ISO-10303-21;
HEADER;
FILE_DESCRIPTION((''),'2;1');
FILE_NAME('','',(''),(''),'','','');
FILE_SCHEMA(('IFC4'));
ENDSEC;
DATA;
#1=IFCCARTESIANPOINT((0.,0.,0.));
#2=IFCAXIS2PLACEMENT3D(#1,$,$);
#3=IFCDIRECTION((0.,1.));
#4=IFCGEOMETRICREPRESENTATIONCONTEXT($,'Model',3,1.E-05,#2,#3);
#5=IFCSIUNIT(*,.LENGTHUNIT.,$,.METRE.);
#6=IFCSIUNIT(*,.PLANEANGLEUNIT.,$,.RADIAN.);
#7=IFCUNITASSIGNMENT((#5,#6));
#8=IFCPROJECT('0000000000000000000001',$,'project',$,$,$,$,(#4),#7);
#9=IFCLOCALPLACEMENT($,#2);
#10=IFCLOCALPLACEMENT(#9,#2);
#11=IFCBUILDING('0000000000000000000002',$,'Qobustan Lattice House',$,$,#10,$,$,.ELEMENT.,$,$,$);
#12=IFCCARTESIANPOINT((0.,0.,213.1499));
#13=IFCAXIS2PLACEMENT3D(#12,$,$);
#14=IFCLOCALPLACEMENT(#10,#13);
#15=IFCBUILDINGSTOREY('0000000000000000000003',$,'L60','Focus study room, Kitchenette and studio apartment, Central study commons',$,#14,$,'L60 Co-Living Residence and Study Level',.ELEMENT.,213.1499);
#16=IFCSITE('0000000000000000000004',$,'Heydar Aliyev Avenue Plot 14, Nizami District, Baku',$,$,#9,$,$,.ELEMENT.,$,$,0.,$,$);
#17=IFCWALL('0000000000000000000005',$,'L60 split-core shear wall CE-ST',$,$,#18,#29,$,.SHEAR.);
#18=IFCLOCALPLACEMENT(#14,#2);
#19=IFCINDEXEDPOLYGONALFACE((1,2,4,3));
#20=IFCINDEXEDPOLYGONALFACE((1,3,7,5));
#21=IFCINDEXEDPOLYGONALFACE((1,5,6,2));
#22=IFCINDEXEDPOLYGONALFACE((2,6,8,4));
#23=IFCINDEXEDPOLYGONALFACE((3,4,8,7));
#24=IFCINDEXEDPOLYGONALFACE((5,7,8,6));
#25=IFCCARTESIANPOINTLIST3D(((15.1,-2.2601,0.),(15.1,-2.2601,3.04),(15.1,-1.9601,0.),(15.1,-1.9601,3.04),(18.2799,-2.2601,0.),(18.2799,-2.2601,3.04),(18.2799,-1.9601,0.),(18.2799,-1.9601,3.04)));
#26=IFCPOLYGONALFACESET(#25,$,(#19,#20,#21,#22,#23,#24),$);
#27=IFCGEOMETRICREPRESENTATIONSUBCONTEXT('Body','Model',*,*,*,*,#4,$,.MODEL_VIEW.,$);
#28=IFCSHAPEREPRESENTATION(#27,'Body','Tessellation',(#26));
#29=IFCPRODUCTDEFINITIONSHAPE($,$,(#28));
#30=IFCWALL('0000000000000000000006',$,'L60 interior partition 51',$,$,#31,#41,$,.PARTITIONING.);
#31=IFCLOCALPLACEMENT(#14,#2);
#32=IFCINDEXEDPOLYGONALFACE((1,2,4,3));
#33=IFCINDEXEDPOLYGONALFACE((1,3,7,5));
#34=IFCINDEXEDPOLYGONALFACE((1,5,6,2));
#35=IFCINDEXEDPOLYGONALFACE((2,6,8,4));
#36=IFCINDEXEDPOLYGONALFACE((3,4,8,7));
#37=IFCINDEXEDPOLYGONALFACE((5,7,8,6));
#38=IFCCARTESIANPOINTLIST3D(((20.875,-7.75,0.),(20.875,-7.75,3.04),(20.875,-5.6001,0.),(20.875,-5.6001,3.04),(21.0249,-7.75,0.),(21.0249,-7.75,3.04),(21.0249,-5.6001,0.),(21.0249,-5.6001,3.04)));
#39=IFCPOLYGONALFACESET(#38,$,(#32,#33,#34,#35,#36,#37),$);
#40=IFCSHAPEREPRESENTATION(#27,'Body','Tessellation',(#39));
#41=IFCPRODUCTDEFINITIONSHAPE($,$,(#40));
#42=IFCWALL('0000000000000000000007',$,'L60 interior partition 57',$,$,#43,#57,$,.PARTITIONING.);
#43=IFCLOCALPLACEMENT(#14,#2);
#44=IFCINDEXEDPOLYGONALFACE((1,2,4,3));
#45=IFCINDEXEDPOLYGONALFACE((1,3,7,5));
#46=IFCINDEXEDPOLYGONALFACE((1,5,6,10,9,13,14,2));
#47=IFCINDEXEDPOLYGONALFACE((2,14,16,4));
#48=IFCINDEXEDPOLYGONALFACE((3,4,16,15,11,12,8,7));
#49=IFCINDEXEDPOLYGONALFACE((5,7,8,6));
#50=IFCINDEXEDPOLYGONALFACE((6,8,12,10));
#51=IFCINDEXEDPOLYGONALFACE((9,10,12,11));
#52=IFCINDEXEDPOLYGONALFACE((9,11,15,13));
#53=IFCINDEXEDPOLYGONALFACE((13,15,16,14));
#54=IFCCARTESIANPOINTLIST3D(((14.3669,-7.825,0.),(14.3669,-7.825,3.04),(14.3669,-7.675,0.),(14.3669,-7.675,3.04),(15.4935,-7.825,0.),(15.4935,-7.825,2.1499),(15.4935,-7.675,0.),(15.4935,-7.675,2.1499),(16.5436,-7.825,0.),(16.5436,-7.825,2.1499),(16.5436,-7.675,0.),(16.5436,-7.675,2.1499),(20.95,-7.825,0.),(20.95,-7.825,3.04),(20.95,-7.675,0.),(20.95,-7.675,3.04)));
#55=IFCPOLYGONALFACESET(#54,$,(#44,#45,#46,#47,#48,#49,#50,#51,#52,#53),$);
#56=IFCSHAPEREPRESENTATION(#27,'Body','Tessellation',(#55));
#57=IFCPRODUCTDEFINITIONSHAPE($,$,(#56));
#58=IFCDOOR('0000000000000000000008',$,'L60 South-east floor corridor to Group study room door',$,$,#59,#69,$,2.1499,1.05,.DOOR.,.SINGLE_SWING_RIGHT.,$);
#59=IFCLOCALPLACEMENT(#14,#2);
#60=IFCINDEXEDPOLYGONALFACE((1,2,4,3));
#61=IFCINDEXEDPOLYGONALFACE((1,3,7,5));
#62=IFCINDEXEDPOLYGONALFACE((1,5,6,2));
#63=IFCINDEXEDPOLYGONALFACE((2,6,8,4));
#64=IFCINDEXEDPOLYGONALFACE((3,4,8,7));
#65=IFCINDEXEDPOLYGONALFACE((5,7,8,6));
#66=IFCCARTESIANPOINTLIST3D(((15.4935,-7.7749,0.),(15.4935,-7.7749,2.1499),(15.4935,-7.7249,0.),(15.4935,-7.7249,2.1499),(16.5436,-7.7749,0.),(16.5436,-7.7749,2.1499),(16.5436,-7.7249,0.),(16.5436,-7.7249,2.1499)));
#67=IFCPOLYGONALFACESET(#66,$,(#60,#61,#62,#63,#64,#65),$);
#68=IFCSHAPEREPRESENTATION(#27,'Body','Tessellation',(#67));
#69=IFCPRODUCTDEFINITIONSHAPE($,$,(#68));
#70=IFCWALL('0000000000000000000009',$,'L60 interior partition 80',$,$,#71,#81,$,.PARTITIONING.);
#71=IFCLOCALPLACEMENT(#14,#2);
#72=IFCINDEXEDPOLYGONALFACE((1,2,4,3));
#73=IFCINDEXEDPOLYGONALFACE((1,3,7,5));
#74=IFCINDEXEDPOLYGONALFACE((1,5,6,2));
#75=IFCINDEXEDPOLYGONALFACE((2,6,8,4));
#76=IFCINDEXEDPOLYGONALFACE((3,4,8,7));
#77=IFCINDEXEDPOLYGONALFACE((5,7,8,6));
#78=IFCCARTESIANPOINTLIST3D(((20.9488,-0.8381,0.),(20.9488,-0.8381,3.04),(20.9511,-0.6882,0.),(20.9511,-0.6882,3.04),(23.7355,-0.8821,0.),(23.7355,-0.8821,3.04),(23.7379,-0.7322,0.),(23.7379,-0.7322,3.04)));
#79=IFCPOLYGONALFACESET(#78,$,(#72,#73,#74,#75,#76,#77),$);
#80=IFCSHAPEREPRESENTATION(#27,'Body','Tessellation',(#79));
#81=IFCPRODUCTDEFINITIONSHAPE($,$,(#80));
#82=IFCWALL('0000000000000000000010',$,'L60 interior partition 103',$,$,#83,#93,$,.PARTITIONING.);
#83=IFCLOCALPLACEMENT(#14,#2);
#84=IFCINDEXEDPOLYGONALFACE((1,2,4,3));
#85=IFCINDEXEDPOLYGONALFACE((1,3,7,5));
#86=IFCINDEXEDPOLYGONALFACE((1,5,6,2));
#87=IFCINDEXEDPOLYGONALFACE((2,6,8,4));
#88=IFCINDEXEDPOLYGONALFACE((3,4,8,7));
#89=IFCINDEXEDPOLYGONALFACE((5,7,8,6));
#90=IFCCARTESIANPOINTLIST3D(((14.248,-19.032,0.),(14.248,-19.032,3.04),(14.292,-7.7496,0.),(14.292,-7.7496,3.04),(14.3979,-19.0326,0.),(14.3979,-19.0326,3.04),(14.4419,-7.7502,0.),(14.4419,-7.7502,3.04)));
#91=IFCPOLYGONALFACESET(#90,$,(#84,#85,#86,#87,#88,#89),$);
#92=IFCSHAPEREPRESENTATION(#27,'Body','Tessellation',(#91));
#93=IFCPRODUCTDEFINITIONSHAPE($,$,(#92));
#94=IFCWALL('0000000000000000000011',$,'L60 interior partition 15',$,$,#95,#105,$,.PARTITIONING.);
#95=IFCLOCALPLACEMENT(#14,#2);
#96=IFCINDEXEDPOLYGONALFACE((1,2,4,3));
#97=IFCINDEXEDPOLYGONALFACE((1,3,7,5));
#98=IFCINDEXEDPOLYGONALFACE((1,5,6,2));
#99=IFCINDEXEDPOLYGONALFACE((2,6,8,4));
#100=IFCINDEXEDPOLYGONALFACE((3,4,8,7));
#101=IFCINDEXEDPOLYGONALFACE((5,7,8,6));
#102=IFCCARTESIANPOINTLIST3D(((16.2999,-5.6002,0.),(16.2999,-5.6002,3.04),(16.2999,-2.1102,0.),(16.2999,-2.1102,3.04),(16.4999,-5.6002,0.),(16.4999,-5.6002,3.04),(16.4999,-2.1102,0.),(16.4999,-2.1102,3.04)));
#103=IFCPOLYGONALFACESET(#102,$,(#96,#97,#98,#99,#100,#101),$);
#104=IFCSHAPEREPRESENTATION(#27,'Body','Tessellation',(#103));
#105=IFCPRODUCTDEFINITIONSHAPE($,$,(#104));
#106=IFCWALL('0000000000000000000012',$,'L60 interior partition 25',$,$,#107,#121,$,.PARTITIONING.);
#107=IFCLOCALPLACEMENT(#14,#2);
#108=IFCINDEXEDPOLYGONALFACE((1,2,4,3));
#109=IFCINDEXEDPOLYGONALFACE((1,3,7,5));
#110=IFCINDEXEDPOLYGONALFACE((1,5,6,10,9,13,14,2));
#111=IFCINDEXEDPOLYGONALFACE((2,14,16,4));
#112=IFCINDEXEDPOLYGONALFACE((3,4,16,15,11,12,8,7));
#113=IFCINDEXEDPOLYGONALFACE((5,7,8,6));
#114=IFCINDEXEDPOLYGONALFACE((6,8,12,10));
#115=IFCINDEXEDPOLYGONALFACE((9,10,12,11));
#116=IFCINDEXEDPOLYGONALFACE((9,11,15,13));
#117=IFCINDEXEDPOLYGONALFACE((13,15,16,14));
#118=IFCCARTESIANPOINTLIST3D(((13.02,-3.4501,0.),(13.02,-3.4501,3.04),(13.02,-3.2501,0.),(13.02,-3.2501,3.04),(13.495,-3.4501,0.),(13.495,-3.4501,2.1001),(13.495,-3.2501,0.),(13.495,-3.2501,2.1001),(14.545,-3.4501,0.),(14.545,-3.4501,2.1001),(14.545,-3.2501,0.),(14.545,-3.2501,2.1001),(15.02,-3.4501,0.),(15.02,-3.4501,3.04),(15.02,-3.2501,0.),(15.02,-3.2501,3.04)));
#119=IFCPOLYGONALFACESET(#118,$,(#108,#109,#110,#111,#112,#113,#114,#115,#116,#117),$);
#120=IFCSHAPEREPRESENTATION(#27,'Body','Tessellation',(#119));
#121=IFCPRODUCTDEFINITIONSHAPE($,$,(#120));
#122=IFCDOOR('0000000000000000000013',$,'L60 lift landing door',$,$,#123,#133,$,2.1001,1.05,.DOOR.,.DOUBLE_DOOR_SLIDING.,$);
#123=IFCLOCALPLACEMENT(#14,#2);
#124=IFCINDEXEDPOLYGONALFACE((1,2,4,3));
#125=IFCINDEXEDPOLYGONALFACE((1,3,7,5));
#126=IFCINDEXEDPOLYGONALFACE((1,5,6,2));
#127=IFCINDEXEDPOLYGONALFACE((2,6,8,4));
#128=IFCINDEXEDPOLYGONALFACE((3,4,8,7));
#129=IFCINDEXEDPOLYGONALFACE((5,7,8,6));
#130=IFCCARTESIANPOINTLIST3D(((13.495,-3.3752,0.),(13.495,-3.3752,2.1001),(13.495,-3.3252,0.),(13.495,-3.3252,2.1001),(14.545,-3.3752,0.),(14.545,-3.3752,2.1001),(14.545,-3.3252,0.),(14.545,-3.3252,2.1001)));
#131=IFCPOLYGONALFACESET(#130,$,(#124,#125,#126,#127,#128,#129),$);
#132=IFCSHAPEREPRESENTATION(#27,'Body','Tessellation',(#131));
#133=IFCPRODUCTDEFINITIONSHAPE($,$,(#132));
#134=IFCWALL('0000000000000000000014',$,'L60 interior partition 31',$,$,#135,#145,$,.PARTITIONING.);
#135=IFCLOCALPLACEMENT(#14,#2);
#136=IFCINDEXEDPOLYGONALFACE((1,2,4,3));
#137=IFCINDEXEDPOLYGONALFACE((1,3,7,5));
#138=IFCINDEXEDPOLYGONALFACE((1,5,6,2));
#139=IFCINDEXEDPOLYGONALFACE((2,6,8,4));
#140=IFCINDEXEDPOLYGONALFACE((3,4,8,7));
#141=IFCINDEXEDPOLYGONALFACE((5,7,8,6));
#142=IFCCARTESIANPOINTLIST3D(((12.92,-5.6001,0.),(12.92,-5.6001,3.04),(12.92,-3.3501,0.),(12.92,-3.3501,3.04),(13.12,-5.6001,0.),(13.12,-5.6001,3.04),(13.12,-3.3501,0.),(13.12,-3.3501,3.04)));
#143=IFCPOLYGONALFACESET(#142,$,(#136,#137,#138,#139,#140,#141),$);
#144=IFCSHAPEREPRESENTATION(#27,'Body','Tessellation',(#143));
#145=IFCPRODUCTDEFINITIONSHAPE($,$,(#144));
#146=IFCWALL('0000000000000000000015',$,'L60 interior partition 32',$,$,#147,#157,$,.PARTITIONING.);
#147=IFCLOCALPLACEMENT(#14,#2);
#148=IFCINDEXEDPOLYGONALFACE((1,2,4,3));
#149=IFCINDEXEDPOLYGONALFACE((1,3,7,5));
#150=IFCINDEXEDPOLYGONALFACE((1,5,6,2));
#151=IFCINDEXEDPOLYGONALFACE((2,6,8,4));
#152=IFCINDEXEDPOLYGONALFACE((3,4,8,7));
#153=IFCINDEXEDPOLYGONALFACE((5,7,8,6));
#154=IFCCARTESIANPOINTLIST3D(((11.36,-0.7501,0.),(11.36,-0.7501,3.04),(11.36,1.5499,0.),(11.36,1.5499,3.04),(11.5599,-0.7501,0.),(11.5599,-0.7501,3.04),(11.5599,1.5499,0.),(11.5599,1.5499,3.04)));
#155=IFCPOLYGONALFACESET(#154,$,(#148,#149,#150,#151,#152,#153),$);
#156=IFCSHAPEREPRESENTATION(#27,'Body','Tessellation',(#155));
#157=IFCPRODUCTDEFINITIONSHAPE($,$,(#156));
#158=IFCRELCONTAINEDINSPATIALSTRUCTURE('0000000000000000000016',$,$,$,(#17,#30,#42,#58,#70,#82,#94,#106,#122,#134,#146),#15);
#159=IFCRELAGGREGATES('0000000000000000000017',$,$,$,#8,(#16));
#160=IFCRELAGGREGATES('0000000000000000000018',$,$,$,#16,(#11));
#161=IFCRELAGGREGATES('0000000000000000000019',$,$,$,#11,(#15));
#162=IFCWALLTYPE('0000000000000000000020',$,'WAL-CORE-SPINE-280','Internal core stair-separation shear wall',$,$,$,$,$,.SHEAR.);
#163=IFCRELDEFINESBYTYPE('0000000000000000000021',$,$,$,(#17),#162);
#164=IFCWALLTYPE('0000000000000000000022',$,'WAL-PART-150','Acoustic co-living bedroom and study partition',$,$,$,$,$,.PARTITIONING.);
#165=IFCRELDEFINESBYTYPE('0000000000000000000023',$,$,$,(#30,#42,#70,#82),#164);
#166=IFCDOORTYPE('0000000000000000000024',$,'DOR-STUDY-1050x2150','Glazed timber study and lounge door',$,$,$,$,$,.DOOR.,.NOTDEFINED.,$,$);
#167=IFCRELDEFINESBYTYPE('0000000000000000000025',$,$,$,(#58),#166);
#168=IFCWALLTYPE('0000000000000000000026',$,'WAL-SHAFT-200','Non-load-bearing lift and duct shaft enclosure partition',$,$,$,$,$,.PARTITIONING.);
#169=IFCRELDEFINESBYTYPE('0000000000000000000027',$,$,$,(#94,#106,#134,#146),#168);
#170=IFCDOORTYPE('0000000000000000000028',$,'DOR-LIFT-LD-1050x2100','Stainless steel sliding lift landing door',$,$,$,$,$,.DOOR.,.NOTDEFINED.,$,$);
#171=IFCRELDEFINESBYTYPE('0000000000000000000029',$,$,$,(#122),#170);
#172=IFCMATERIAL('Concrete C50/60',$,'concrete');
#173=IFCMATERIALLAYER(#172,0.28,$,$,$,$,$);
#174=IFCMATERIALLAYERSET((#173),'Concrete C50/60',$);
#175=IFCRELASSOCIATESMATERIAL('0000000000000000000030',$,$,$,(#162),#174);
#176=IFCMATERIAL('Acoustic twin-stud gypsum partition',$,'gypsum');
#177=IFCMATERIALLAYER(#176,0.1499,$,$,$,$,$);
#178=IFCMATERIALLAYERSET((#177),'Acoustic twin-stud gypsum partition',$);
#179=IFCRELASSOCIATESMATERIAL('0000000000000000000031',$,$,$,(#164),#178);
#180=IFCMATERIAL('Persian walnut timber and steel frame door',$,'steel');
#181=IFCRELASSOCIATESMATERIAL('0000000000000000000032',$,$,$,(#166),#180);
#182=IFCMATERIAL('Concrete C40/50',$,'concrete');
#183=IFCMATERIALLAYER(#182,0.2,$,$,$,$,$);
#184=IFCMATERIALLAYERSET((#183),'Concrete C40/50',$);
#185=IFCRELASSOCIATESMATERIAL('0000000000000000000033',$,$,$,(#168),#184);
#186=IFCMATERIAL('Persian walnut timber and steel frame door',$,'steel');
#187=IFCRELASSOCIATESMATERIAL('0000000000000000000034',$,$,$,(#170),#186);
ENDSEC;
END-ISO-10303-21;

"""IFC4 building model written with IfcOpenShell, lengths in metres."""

from ifc_helpers import new_model, si_unit, direction, frame, frame_2d, origin, place, context, subcontext, project, spatial, rectangle, extrude, material, layer, layer_set, type_object, element, fill, save


model = new_model("IFC4")

# Units and contexts
model_context = context("Model", 3, precision=1e-05, world=origin(), true_north=direction((0.0, 1.0)))
body_context = subcontext(model_context, "Body", "Model", "MODEL_VIEW")
ifc_project = project(units=[si_unit("LENGTHUNIT", "METRE"), si_unit("PLANEANGLEUNIT", "RADIAN")], contexts=[model_context])

# Site, building, storey
site_placement = place(None, origin())
site = spatial("IfcSite", under=ifc_project, at=site_placement, Name="Heydar Aliyev Avenue Plot 14, Nizami District, Baku", CompositionType="ELEMENT", RefElevation=0.0)
building_placement = place(site_placement, origin())
building = spatial("IfcBuilding", under=site, at=building_placement, Name="Qobustan Lattice House", CompositionType="ELEMENT")
storey_placement = place(building_placement, frame((0.0, 0.0, 213.1499)))
storey = spatial("IfcBuildingStorey", under=building, at=storey_placement, Name="L60", Description="Focus study room, Kitchenette and studio apartment, Central study commons", LongName="L60 Co-Living Residence and Study Level", CompositionType="ELEMENT", Elevation=213.1499)

# Walls
ifc_material_1 = material(Name="Concrete C50/60", Category="concrete")
ifc_layer_1 = layer(ifc_material_1, 0.28)
ifc_layer_set_1 = layer_set([ifc_layer_1], Name="Concrete C50/60")
wall_type_1 = type_object("IfcWallType", Name="WAL-CORE-SPINE-280", Description="Internal core stair-separation shear wall", PredefinedType="SHEAR", material=ifc_layer_set_1)
wall_1_placement = place(storey_placement, frame((15.1001, -2.1101, 0.0), z_axis=(0.0, 0.0, 1.0), x_axis=(1.0, 0.0, 0.0)))
element("IfcWall", 1, at=wall_1_placement, inside=storey, type_object=wall_type_1, Name="L60 split-core shear wall CE-ST", PredefinedType="SHEAR", context=body_context, shape_type="SweptSolid", body=[
    extrude(rectangle(XDim=3.1799, YDim=0.3, at=frame_2d((1.5898, 0.0))), origin(), (0.0, 0.0, 1.0), 3.04),
])
ifc_material_2 = material(Name="Acoustic twin-stud gypsum partition", Category="gypsum")
ifc_layer_2 = layer(ifc_material_2, 0.1499)
ifc_layer_set_2 = layer_set([ifc_layer_2], Name="Acoustic twin-stud gypsum partition")
wall_type_2 = type_object("IfcWallType", Name="WAL-PART-150", Description="Acoustic co-living bedroom and study partition", PredefinedType="PARTITIONING", material=ifc_layer_set_2)
wall_2_placement = place(storey_placement, frame((20.95, -5.6001, 0.0), z_axis=(0.0, 0.0, 1.0), x_axis=(0.0, -1.0, 0.0)))
element("IfcWall", 2, at=wall_2_placement, inside=storey, type_object=wall_type_2, Name="L60 interior partition 51", PredefinedType="PARTITIONING", context=body_context, shape_type="SweptSolid", body=[
    extrude(rectangle(XDim=2.1499, YDim=0.1499, at=frame_2d((1.075, 0.0))), origin(), (0.0, 0.0, 1.0), 3.04),
])

# Wall, opening, door
wall_3_placement = place(storey_placement, frame((20.95, -7.75, 0.0), z_axis=(0.0, 0.0, 1.0), x_axis=(-1.0, 0.0, 0.0)))
wall_3 = element("IfcWall", 3, at=wall_3_placement, inside=storey, type_object=wall_type_2, Name="L60 interior partition 57", PredefinedType="PARTITIONING", context=body_context, shape_type="SweptSolid", body=[
    extrude(rectangle(XDim=6.583, YDim=0.1499, at=frame_2d((3.2915, 0.0))), origin(), (0.0, 0.0, 1.0), 3.04),
])
opening_1_placement = place(wall_3_placement, frame((4.4065, 0.0, 0.0)))
opening_1 = element("IfcOpeningElement", 4, at=opening_1_placement, cuts=wall_3, PredefinedType="OPENING", context=body_context, shape_type="SweptSolid", body=[
    extrude(rectangle(XDim=1.05, YDim=2.1499, at=frame_2d((0.5249, 1.075))), frame((0.0, 0.085, 0.0), z_axis=(0.0, -1.0, 0.0), x_axis=(1.0, 0.0, 0.0)), (0.0, 0.0, 1.0), 0.1699),
])
ifc_material_3 = material(Name="Persian walnut timber and steel frame door", Category="steel")
door_type_1 = type_object("IfcDoorType", Name="DOR-STUDY-1050x2150", Description="Glazed timber study and lounge door", OperationType="NOTDEFINED", PredefinedType="DOOR", material=ifc_material_3)
door_1_placement = place(opening_1_placement, origin())
door_1 = element("IfcDoor", 5, at=door_1_placement, inside=storey, type_object=door_type_1, Name="L60 South-east floor corridor to Group study room door", OperationType="SINGLE_SWING_RIGHT", OverallHeight=2.1499, OverallWidth=1.05, PredefinedType="DOOR", context=body_context, shape_type="SweptSolid", body=[
    extrude(rectangle(XDim=1.05, YDim=2.1499, at=frame_2d((0.5249, 1.075))), frame((0.0, 0.0249, 0.0), z_axis=(0.0, -1.0, 0.0), x_axis=(1.0, 0.0, 0.0)), (0.0, 0.0, 1.0), 0.05),
])
fill(opening_1, door_1)

# Walls
wall_4_placement = place(storey_placement, frame((20.95, -0.7632, 0.0), z_axis=(0.0, 0.0, 1.0), x_axis=(0.999876, -0.015767, 0.0)))
element("IfcWall", 6, at=wall_4_placement, inside=storey, type_object=wall_type_2, Name="L60 interior partition 80", PredefinedType="PARTITIONING", context=body_context, shape_type="SweptSolid", body=[
    extrude(rectangle(XDim=2.7871, YDim=0.1499, at=frame_2d((1.3936, 0.0))), origin(), (0.0, 0.0, 1.0), 3.04),
])
wall_5_placement = place(storey_placement, frame((14.3669, -7.75, 0.0), z_axis=(0.0, 0.0, 1.0), x_axis=(-0.003895, -0.999992, 0.0)))
element("IfcWall", 7, at=wall_5_placement, inside=storey, type_object=wall_type_2, Name="L60 interior partition 103", PredefinedType="PARTITIONING", context=body_context, shape_type="SweptSolid", body=[
    extrude(rectangle(XDim=11.2825, YDim=0.1499, at=frame_2d((5.6411, 0.0))), origin(), (0.0, 0.0, 1.0), 3.04),
])
ifc_material_4 = material(Name="Concrete C40/50", Category="concrete")
ifc_layer_3 = layer(ifc_material_4, 0.2)
ifc_layer_set_3 = layer_set([ifc_layer_3], Name="Concrete C40/50")
wall_type_3 = type_object("IfcWallType", Name="WAL-SHAFT-200", Description="Non-load-bearing lift and duct shaft enclosure partition", PredefinedType="PARTITIONING", material=ifc_layer_set_3)
wall_6_placement = place(storey_placement, frame((16.3999, -2.1101, 0.0), z_axis=(0.0, 0.0, 1.0), x_axis=(0.0, -1.0, 0.0)))
element("IfcWall", 8, at=wall_6_placement, inside=storey, type_object=wall_type_3, Name="L60 interior partition 15", PredefinedType="PARTITIONING", context=body_context, shape_type="SweptSolid", body=[
    extrude(rectangle(XDim=3.49, YDim=0.2, at=frame_2d((1.7451, 0.0))), origin(), (0.0, 0.0, 1.0), 3.04),
])

# Wall, opening, door
wall_7_placement = place(storey_placement, frame((13.02, -3.3501, 0.0), z_axis=(0.0, 0.0, 1.0), x_axis=(1.0, 0.0, 0.0)))
wall_7 = element("IfcWall", 9, at=wall_7_placement, inside=storey, type_object=wall_type_3, Name="L60 interior partition 25", PredefinedType="PARTITIONING", context=body_context, shape_type="SweptSolid", body=[
    extrude(rectangle(XDim=2.0, YDim=0.2, at=frame_2d((1.0, 0.0))), origin(), (0.0, 0.0, 1.0), 3.04),
])
opening_2_placement = place(wall_7_placement, frame((0.4751, 0.0, 0.0)))
opening_2 = element("IfcOpeningElement", 10, at=opening_2_placement, cuts=wall_7, PredefinedType="OPENING", context=body_context, shape_type="SweptSolid", body=[
    extrude(rectangle(XDim=1.05, YDim=2.1001, at=frame_2d((0.5249, 1.05))), frame((0.0, 0.1099, 0.0), z_axis=(0.0, -1.0, 0.0), x_axis=(1.0, 0.0, 0.0)), (0.0, 0.0, 1.0), 0.22),
])
ifc_material_5 = material(Name="Persian walnut timber and steel frame door", Category="steel")
door_type_2 = type_object("IfcDoorType", Name="DOR-LIFT-LD-1050x2100", Description="Stainless steel sliding lift landing door", OperationType="NOTDEFINED", PredefinedType="DOOR", material=ifc_material_5)
door_2_placement = place(opening_2_placement, origin())
door_2 = element("IfcDoor", 11, at=door_2_placement, inside=storey, type_object=door_type_2, Name="L60 lift landing door", OperationType="DOUBLE_DOOR_SLIDING", OverallHeight=2.1001, OverallWidth=1.05, PredefinedType="DOOR", context=body_context, shape_type="SweptSolid", body=[
    extrude(rectangle(XDim=1.05, YDim=2.1001, at=frame_2d((0.5249, 1.05))), frame((0.0, 0.0249, 0.0), z_axis=(0.0, -1.0, 0.0), x_axis=(1.0, 0.0, 0.0)), (0.0, 0.0, 1.0), 0.05),
])
fill(opening_2, door_2)

# Walls
wall_8_placement = place(storey_placement, frame((13.02, -5.6001, 0.0), z_axis=(0.0, 0.0, 1.0), x_axis=(0.0, 1.0, 0.0)))
element("IfcWall", 12, at=wall_8_placement, inside=storey, type_object=wall_type_3, Name="L60 interior partition 31", PredefinedType="PARTITIONING", context=body_context, shape_type="SweptSolid", body=[
    extrude(rectangle(XDim=2.25, YDim=0.2, at=frame_2d((1.125, 0.0))), origin(), (0.0, 0.0, 1.0), 3.04),
])
wall_9_placement = place(storey_placement, frame((11.46, -0.75, 0.0), z_axis=(0.0, 0.0, 1.0), x_axis=(0.0, 1.0, 0.0)))
element("IfcWall", 13, at=wall_9_placement, inside=storey, type_object=wall_type_3, Name="L60 interior partition 32", PredefinedType="PARTITIONING", context=body_context, shape_type="SweptSolid", body=[
    extrude(rectangle(XDim=2.3, YDim=0.2, at=frame_2d((1.1499, 0.0))), origin(), (0.0, 0.0, 1.0), 3.04),
])

save(model, "model.ifc")
